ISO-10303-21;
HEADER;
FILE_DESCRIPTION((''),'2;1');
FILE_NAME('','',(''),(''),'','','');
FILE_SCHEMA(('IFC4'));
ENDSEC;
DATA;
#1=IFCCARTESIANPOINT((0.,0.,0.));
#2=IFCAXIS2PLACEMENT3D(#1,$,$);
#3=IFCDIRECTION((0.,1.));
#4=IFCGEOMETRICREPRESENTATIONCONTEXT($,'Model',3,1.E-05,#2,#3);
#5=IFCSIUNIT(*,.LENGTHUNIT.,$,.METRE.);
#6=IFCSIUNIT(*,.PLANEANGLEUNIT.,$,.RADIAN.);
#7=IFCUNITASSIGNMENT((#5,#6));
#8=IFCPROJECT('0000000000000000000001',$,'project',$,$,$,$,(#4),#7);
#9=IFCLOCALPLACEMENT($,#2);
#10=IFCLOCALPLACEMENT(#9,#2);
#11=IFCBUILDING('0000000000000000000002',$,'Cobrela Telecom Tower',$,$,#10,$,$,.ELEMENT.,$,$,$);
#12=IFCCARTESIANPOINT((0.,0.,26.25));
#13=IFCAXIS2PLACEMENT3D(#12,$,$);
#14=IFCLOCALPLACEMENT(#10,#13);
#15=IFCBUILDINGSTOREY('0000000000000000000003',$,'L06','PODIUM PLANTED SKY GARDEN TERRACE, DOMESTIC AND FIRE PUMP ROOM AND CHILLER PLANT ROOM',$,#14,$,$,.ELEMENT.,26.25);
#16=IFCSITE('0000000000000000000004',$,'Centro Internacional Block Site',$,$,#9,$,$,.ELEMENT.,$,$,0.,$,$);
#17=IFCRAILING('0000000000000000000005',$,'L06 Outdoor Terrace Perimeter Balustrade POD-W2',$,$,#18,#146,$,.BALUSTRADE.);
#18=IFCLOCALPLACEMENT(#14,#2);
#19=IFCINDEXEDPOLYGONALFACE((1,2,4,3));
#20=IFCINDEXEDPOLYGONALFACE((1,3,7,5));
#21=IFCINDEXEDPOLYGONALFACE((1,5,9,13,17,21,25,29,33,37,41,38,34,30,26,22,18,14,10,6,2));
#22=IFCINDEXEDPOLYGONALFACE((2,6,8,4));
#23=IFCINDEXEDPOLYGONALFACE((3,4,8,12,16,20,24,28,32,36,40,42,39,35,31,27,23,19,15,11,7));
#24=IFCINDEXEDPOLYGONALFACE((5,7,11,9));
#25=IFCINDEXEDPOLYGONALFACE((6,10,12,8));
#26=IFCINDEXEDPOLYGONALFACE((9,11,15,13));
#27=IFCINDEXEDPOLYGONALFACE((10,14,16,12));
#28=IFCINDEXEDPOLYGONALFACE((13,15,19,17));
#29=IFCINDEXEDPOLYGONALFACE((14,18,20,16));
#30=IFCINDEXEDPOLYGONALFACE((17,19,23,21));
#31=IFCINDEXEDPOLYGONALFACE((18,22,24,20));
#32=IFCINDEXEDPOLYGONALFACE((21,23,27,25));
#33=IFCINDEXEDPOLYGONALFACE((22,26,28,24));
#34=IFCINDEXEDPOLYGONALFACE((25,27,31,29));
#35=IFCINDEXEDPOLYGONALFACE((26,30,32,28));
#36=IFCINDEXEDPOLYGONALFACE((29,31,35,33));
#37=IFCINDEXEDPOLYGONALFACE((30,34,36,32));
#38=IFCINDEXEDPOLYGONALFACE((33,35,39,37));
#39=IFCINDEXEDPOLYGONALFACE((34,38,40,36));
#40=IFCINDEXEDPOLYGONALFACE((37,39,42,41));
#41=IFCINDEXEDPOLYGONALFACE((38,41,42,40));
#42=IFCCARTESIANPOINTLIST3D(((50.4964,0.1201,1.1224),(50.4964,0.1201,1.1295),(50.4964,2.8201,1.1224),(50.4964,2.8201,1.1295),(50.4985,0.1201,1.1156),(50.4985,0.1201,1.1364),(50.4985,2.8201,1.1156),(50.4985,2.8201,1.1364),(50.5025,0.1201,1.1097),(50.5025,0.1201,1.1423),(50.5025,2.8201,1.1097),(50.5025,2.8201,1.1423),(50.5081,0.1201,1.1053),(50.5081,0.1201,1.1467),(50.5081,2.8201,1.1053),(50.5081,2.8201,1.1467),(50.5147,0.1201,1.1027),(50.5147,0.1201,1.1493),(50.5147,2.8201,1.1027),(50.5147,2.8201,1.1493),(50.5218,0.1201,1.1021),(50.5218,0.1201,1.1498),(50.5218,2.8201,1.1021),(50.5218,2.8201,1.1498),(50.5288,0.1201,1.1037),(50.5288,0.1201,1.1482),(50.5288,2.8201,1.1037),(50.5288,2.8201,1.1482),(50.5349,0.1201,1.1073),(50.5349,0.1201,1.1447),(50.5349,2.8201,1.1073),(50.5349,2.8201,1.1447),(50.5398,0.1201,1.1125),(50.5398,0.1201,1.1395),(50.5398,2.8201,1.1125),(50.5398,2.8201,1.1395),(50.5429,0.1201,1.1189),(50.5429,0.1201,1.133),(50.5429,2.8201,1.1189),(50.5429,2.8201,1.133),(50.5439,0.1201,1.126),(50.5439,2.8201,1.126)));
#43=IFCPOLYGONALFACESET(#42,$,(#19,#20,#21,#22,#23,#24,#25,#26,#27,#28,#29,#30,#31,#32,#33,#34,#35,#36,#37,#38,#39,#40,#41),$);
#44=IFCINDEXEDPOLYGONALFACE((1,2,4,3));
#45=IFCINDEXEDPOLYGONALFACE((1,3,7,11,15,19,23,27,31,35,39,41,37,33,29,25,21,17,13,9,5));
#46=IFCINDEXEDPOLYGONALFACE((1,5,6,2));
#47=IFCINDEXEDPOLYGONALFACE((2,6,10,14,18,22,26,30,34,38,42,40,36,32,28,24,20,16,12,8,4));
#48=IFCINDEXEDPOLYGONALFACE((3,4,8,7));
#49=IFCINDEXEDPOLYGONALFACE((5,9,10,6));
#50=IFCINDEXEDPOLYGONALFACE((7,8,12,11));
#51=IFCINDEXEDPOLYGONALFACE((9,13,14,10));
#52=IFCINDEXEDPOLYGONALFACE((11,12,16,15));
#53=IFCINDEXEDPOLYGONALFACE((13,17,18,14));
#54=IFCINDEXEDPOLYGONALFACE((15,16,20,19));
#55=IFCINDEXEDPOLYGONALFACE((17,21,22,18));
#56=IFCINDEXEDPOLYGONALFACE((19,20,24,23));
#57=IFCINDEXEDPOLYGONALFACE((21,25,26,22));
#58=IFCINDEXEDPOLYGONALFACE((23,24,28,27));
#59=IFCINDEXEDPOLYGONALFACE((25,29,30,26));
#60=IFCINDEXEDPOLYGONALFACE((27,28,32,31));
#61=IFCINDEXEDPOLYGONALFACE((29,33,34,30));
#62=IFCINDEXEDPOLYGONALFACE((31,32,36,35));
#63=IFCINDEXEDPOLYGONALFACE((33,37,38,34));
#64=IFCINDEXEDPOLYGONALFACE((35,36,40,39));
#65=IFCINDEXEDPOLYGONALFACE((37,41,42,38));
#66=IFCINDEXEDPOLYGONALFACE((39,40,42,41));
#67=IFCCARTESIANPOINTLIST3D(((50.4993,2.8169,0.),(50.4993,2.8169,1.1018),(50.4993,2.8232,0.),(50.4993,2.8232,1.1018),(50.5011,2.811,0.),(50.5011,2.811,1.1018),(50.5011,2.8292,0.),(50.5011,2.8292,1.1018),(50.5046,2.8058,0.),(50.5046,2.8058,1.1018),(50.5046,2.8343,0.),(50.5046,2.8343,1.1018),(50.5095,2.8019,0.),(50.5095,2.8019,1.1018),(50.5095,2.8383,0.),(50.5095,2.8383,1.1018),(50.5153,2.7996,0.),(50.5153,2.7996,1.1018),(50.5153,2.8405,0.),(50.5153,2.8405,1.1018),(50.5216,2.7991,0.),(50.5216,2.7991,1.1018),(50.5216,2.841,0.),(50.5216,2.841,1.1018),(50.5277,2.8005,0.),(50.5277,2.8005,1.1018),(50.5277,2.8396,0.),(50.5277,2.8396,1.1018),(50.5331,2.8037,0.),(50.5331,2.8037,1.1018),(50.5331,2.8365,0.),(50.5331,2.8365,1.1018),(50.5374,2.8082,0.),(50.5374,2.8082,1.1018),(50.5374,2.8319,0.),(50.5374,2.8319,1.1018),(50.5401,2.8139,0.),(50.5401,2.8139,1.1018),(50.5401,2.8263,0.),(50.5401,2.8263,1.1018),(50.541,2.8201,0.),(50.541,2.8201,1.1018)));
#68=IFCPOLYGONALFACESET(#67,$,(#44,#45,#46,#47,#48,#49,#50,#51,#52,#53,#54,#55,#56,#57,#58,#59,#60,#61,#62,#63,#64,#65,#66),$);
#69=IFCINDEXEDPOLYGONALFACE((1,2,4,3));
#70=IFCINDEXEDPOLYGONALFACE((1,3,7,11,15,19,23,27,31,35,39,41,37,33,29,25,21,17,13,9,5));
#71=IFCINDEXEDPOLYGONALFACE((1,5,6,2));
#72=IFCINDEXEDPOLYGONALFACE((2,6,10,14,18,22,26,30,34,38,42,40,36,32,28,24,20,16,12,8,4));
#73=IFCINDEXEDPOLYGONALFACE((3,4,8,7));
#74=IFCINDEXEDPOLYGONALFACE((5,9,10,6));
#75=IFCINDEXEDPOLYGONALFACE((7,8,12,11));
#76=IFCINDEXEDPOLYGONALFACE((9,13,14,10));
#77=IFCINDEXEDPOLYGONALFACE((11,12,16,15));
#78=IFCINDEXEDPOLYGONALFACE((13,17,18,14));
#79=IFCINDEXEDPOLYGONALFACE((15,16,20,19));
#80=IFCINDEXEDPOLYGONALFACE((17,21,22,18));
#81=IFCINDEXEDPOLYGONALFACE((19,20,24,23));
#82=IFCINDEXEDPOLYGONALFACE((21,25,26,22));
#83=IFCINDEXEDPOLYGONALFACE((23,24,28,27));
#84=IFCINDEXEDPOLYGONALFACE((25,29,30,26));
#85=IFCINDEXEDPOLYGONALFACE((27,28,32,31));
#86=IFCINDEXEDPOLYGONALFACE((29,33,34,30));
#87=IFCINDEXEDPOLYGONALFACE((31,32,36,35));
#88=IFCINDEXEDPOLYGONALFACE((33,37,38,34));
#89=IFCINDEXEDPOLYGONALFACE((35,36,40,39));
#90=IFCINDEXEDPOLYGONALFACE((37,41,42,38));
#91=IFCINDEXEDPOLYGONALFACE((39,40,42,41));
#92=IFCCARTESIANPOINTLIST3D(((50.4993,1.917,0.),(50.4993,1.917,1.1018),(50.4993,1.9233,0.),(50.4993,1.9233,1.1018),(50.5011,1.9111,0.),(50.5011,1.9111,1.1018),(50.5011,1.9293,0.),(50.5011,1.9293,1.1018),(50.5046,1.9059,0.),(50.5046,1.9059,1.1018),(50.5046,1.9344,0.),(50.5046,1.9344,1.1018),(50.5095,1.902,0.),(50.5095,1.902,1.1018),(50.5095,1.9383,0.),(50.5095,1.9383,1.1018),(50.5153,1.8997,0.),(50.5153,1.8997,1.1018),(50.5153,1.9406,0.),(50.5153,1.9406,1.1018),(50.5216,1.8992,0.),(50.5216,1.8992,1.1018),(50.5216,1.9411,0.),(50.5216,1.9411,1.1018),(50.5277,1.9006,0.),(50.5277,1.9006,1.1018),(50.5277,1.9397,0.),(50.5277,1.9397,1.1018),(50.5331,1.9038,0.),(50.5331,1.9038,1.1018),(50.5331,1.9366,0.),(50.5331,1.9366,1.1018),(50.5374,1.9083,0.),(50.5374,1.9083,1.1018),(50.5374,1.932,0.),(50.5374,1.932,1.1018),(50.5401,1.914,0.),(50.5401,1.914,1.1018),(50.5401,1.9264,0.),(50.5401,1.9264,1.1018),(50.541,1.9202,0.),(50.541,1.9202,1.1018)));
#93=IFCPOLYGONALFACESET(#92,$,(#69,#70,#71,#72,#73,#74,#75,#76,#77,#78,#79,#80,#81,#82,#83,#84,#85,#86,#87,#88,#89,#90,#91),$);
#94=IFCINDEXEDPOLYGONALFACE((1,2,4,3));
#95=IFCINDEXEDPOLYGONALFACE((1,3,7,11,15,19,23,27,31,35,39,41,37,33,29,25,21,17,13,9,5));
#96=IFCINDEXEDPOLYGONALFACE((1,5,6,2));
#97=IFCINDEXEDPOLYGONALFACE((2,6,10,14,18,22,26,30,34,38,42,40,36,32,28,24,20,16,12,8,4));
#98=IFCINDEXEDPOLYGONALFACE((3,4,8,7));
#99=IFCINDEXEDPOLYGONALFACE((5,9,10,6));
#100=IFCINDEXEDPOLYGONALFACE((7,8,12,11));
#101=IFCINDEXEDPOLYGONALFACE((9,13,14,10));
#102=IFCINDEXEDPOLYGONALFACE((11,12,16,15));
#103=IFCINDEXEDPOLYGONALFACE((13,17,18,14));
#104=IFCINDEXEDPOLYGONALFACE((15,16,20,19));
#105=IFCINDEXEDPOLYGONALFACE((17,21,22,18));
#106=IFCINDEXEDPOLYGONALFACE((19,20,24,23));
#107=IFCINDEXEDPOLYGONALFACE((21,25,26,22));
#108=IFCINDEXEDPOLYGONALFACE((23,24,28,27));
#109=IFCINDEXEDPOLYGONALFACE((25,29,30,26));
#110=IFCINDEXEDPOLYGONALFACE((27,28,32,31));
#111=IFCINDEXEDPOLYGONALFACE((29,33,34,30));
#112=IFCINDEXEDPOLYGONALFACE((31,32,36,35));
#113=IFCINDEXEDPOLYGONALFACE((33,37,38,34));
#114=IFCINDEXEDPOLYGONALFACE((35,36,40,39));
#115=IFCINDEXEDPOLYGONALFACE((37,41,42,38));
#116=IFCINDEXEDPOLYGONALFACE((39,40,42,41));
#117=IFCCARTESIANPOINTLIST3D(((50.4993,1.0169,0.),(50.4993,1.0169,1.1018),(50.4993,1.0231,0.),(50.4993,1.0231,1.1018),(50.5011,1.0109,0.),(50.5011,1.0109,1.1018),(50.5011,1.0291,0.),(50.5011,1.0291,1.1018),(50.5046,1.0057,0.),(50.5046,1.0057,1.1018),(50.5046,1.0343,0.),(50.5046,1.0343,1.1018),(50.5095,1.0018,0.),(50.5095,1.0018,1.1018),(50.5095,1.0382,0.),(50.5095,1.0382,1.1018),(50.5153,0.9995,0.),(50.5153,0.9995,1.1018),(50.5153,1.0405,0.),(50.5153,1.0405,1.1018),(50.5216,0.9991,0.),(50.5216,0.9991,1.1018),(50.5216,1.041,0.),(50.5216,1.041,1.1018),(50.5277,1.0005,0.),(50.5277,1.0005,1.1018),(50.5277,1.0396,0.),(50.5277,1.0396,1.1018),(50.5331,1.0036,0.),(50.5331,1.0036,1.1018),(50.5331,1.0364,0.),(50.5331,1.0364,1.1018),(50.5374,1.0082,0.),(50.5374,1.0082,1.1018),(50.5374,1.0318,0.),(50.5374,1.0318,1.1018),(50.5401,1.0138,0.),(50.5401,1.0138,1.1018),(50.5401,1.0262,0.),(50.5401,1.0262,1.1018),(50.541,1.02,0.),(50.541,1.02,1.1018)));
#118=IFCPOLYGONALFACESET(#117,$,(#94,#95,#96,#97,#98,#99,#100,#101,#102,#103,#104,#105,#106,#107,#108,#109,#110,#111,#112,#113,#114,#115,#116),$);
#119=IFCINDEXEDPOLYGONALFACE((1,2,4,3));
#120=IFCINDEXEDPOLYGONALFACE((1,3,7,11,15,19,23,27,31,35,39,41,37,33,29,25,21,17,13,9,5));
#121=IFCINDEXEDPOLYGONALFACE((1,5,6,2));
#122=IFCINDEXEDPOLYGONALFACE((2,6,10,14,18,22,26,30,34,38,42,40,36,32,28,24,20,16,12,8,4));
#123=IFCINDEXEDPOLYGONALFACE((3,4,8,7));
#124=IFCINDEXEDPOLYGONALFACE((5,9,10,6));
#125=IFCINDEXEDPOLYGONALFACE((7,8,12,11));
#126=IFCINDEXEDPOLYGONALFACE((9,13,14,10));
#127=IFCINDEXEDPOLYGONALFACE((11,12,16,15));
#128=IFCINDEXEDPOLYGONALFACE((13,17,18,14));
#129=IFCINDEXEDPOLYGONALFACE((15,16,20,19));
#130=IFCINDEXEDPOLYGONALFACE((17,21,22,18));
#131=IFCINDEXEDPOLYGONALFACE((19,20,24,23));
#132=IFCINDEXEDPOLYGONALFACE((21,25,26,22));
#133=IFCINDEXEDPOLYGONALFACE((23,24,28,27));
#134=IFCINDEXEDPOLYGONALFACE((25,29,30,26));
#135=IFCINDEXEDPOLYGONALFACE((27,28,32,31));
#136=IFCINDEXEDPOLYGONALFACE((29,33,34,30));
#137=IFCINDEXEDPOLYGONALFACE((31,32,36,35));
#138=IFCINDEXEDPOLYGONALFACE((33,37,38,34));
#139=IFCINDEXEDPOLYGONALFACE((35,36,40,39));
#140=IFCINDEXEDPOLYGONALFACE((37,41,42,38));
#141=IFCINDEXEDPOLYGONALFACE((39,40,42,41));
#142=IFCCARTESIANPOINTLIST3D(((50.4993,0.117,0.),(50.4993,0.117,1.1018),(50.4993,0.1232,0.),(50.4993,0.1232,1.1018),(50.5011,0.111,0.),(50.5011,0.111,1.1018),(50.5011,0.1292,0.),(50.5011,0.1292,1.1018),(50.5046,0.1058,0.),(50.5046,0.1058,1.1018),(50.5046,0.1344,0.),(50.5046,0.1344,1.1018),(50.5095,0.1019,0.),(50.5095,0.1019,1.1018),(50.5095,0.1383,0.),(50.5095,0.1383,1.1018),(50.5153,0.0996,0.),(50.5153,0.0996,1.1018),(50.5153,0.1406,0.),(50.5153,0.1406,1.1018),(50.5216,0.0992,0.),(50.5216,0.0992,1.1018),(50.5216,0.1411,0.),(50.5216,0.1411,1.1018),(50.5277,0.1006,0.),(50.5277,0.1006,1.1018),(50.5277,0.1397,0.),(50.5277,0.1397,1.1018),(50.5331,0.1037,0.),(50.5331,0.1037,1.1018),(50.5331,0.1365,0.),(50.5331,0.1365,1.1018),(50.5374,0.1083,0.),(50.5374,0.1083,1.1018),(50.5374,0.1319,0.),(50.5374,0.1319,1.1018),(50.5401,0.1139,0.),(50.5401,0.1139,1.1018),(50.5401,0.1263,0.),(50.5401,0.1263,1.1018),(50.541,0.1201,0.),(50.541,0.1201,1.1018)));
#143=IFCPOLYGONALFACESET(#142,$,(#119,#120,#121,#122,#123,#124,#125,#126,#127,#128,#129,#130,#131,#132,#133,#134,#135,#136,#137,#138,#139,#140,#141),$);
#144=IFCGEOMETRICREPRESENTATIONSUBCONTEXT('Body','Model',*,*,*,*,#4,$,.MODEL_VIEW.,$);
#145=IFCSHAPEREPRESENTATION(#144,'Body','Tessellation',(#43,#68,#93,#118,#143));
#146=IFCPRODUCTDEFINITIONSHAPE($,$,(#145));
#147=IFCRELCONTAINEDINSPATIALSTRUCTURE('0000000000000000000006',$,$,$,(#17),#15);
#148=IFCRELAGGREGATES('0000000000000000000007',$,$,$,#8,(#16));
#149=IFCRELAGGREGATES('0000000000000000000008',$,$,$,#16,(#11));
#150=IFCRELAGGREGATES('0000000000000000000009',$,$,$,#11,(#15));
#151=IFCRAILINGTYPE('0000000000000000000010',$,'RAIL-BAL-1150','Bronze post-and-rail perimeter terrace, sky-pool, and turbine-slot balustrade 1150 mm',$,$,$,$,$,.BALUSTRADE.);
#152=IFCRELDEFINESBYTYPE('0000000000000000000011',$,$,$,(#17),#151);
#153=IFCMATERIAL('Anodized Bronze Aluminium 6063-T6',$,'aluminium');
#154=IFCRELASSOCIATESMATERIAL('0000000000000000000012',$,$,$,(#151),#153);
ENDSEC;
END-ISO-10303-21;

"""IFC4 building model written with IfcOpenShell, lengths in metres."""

from ifc_helpers import new_model, si_unit, direction, frame, origin, origin_2d, place, context, subcontext, project, spatial, circle, extrude, material, type_object, element, save


model = new_model("IFC4")

# Units and contexts
model_context = context("Model", 3, precision=1e-05, world=origin(), true_north=direction((0.0, 1.0)))
body_context = subcontext(model_context, "Body", "Model", "MODEL_VIEW")
ifc_project = project(units=[si_unit("LENGTHUNIT", "METRE"), si_unit("PLANEANGLEUNIT", "RADIAN")], contexts=[model_context])

# Site, building, storey
site_placement = place(None, origin())
site = spatial("IfcSite", under=ifc_project, at=site_placement, Name="Centro Internacional Block Site", CompositionType="ELEMENT", RefElevation=0.0)
building_placement = place(site_placement, origin())
building = spatial("IfcBuilding", under=site, at=building_placement, Name="Cobrela Telecom Tower", CompositionType="ELEMENT")
storey_placement = place(building_placement, frame((0.0, 0.0, 26.25)))
storey = spatial("IfcBuildingStorey", under=building, at=storey_placement, Name="L06", Description="PODIUM PLANTED SKY GARDEN TERRACE, DOMESTIC AND FIRE PUMP ROOM AND CHILLER PLANT ROOM", CompositionType="ELEMENT", Elevation=26.25)

# Railing
ifc_material_1 = material(Name="Anodized Bronze Aluminium 6063-T6", Category="aluminium")
railing_type = type_object("IfcRailingType", Name="RAIL-BAL-1150", Description="Bronze post-and-rail perimeter terrace, sky-pool, and turbine-slot balustrade 1150 mm", PredefinedType="BALUSTRADE", material=ifc_material_1)
railing_1_placement = place(storey_placement, frame((50.52, 2.8201, 0.0)))
element("IfcRailing", 1, at=railing_1_placement, inside=storey, type_object=railing_type, Name="L06 Outdoor Terrace Perimeter Balustrade POD-W2", PredefinedType="BALUSTRADE", context=body_context, shape_type="SweptSolid", body=[
    extrude(circle(Radius=0.0239, at=origin_2d()), frame((0.0, 0.0, 1.126), z_axis=(0.0, -1.0, 0.0), x_axis=(1.0, 0.0, 0.0)), (0.0, 0.0, 1.0), 2.7),
    extrude(circle(Radius=0.021, at=origin_2d()), origin(), (0.0, 0.0, 1.0), 1.1018),
    extrude(circle(Radius=0.021, at=origin_2d()), frame((0.0, -0.8999, 0.0)), (0.0, 0.0, 1.0), 1.1018),
    extrude(circle(Radius=0.021, at=origin_2d()), frame((0.0, -1.8, 0.0)), (0.0, 0.0, 1.0), 1.1018),
    extrude(circle(Radius=0.021, at=origin_2d()), frame((0.0, -2.7, 0.0)), (0.0, 0.0, 1.0), 1.1018),
])

save(model, "model.ifc")
